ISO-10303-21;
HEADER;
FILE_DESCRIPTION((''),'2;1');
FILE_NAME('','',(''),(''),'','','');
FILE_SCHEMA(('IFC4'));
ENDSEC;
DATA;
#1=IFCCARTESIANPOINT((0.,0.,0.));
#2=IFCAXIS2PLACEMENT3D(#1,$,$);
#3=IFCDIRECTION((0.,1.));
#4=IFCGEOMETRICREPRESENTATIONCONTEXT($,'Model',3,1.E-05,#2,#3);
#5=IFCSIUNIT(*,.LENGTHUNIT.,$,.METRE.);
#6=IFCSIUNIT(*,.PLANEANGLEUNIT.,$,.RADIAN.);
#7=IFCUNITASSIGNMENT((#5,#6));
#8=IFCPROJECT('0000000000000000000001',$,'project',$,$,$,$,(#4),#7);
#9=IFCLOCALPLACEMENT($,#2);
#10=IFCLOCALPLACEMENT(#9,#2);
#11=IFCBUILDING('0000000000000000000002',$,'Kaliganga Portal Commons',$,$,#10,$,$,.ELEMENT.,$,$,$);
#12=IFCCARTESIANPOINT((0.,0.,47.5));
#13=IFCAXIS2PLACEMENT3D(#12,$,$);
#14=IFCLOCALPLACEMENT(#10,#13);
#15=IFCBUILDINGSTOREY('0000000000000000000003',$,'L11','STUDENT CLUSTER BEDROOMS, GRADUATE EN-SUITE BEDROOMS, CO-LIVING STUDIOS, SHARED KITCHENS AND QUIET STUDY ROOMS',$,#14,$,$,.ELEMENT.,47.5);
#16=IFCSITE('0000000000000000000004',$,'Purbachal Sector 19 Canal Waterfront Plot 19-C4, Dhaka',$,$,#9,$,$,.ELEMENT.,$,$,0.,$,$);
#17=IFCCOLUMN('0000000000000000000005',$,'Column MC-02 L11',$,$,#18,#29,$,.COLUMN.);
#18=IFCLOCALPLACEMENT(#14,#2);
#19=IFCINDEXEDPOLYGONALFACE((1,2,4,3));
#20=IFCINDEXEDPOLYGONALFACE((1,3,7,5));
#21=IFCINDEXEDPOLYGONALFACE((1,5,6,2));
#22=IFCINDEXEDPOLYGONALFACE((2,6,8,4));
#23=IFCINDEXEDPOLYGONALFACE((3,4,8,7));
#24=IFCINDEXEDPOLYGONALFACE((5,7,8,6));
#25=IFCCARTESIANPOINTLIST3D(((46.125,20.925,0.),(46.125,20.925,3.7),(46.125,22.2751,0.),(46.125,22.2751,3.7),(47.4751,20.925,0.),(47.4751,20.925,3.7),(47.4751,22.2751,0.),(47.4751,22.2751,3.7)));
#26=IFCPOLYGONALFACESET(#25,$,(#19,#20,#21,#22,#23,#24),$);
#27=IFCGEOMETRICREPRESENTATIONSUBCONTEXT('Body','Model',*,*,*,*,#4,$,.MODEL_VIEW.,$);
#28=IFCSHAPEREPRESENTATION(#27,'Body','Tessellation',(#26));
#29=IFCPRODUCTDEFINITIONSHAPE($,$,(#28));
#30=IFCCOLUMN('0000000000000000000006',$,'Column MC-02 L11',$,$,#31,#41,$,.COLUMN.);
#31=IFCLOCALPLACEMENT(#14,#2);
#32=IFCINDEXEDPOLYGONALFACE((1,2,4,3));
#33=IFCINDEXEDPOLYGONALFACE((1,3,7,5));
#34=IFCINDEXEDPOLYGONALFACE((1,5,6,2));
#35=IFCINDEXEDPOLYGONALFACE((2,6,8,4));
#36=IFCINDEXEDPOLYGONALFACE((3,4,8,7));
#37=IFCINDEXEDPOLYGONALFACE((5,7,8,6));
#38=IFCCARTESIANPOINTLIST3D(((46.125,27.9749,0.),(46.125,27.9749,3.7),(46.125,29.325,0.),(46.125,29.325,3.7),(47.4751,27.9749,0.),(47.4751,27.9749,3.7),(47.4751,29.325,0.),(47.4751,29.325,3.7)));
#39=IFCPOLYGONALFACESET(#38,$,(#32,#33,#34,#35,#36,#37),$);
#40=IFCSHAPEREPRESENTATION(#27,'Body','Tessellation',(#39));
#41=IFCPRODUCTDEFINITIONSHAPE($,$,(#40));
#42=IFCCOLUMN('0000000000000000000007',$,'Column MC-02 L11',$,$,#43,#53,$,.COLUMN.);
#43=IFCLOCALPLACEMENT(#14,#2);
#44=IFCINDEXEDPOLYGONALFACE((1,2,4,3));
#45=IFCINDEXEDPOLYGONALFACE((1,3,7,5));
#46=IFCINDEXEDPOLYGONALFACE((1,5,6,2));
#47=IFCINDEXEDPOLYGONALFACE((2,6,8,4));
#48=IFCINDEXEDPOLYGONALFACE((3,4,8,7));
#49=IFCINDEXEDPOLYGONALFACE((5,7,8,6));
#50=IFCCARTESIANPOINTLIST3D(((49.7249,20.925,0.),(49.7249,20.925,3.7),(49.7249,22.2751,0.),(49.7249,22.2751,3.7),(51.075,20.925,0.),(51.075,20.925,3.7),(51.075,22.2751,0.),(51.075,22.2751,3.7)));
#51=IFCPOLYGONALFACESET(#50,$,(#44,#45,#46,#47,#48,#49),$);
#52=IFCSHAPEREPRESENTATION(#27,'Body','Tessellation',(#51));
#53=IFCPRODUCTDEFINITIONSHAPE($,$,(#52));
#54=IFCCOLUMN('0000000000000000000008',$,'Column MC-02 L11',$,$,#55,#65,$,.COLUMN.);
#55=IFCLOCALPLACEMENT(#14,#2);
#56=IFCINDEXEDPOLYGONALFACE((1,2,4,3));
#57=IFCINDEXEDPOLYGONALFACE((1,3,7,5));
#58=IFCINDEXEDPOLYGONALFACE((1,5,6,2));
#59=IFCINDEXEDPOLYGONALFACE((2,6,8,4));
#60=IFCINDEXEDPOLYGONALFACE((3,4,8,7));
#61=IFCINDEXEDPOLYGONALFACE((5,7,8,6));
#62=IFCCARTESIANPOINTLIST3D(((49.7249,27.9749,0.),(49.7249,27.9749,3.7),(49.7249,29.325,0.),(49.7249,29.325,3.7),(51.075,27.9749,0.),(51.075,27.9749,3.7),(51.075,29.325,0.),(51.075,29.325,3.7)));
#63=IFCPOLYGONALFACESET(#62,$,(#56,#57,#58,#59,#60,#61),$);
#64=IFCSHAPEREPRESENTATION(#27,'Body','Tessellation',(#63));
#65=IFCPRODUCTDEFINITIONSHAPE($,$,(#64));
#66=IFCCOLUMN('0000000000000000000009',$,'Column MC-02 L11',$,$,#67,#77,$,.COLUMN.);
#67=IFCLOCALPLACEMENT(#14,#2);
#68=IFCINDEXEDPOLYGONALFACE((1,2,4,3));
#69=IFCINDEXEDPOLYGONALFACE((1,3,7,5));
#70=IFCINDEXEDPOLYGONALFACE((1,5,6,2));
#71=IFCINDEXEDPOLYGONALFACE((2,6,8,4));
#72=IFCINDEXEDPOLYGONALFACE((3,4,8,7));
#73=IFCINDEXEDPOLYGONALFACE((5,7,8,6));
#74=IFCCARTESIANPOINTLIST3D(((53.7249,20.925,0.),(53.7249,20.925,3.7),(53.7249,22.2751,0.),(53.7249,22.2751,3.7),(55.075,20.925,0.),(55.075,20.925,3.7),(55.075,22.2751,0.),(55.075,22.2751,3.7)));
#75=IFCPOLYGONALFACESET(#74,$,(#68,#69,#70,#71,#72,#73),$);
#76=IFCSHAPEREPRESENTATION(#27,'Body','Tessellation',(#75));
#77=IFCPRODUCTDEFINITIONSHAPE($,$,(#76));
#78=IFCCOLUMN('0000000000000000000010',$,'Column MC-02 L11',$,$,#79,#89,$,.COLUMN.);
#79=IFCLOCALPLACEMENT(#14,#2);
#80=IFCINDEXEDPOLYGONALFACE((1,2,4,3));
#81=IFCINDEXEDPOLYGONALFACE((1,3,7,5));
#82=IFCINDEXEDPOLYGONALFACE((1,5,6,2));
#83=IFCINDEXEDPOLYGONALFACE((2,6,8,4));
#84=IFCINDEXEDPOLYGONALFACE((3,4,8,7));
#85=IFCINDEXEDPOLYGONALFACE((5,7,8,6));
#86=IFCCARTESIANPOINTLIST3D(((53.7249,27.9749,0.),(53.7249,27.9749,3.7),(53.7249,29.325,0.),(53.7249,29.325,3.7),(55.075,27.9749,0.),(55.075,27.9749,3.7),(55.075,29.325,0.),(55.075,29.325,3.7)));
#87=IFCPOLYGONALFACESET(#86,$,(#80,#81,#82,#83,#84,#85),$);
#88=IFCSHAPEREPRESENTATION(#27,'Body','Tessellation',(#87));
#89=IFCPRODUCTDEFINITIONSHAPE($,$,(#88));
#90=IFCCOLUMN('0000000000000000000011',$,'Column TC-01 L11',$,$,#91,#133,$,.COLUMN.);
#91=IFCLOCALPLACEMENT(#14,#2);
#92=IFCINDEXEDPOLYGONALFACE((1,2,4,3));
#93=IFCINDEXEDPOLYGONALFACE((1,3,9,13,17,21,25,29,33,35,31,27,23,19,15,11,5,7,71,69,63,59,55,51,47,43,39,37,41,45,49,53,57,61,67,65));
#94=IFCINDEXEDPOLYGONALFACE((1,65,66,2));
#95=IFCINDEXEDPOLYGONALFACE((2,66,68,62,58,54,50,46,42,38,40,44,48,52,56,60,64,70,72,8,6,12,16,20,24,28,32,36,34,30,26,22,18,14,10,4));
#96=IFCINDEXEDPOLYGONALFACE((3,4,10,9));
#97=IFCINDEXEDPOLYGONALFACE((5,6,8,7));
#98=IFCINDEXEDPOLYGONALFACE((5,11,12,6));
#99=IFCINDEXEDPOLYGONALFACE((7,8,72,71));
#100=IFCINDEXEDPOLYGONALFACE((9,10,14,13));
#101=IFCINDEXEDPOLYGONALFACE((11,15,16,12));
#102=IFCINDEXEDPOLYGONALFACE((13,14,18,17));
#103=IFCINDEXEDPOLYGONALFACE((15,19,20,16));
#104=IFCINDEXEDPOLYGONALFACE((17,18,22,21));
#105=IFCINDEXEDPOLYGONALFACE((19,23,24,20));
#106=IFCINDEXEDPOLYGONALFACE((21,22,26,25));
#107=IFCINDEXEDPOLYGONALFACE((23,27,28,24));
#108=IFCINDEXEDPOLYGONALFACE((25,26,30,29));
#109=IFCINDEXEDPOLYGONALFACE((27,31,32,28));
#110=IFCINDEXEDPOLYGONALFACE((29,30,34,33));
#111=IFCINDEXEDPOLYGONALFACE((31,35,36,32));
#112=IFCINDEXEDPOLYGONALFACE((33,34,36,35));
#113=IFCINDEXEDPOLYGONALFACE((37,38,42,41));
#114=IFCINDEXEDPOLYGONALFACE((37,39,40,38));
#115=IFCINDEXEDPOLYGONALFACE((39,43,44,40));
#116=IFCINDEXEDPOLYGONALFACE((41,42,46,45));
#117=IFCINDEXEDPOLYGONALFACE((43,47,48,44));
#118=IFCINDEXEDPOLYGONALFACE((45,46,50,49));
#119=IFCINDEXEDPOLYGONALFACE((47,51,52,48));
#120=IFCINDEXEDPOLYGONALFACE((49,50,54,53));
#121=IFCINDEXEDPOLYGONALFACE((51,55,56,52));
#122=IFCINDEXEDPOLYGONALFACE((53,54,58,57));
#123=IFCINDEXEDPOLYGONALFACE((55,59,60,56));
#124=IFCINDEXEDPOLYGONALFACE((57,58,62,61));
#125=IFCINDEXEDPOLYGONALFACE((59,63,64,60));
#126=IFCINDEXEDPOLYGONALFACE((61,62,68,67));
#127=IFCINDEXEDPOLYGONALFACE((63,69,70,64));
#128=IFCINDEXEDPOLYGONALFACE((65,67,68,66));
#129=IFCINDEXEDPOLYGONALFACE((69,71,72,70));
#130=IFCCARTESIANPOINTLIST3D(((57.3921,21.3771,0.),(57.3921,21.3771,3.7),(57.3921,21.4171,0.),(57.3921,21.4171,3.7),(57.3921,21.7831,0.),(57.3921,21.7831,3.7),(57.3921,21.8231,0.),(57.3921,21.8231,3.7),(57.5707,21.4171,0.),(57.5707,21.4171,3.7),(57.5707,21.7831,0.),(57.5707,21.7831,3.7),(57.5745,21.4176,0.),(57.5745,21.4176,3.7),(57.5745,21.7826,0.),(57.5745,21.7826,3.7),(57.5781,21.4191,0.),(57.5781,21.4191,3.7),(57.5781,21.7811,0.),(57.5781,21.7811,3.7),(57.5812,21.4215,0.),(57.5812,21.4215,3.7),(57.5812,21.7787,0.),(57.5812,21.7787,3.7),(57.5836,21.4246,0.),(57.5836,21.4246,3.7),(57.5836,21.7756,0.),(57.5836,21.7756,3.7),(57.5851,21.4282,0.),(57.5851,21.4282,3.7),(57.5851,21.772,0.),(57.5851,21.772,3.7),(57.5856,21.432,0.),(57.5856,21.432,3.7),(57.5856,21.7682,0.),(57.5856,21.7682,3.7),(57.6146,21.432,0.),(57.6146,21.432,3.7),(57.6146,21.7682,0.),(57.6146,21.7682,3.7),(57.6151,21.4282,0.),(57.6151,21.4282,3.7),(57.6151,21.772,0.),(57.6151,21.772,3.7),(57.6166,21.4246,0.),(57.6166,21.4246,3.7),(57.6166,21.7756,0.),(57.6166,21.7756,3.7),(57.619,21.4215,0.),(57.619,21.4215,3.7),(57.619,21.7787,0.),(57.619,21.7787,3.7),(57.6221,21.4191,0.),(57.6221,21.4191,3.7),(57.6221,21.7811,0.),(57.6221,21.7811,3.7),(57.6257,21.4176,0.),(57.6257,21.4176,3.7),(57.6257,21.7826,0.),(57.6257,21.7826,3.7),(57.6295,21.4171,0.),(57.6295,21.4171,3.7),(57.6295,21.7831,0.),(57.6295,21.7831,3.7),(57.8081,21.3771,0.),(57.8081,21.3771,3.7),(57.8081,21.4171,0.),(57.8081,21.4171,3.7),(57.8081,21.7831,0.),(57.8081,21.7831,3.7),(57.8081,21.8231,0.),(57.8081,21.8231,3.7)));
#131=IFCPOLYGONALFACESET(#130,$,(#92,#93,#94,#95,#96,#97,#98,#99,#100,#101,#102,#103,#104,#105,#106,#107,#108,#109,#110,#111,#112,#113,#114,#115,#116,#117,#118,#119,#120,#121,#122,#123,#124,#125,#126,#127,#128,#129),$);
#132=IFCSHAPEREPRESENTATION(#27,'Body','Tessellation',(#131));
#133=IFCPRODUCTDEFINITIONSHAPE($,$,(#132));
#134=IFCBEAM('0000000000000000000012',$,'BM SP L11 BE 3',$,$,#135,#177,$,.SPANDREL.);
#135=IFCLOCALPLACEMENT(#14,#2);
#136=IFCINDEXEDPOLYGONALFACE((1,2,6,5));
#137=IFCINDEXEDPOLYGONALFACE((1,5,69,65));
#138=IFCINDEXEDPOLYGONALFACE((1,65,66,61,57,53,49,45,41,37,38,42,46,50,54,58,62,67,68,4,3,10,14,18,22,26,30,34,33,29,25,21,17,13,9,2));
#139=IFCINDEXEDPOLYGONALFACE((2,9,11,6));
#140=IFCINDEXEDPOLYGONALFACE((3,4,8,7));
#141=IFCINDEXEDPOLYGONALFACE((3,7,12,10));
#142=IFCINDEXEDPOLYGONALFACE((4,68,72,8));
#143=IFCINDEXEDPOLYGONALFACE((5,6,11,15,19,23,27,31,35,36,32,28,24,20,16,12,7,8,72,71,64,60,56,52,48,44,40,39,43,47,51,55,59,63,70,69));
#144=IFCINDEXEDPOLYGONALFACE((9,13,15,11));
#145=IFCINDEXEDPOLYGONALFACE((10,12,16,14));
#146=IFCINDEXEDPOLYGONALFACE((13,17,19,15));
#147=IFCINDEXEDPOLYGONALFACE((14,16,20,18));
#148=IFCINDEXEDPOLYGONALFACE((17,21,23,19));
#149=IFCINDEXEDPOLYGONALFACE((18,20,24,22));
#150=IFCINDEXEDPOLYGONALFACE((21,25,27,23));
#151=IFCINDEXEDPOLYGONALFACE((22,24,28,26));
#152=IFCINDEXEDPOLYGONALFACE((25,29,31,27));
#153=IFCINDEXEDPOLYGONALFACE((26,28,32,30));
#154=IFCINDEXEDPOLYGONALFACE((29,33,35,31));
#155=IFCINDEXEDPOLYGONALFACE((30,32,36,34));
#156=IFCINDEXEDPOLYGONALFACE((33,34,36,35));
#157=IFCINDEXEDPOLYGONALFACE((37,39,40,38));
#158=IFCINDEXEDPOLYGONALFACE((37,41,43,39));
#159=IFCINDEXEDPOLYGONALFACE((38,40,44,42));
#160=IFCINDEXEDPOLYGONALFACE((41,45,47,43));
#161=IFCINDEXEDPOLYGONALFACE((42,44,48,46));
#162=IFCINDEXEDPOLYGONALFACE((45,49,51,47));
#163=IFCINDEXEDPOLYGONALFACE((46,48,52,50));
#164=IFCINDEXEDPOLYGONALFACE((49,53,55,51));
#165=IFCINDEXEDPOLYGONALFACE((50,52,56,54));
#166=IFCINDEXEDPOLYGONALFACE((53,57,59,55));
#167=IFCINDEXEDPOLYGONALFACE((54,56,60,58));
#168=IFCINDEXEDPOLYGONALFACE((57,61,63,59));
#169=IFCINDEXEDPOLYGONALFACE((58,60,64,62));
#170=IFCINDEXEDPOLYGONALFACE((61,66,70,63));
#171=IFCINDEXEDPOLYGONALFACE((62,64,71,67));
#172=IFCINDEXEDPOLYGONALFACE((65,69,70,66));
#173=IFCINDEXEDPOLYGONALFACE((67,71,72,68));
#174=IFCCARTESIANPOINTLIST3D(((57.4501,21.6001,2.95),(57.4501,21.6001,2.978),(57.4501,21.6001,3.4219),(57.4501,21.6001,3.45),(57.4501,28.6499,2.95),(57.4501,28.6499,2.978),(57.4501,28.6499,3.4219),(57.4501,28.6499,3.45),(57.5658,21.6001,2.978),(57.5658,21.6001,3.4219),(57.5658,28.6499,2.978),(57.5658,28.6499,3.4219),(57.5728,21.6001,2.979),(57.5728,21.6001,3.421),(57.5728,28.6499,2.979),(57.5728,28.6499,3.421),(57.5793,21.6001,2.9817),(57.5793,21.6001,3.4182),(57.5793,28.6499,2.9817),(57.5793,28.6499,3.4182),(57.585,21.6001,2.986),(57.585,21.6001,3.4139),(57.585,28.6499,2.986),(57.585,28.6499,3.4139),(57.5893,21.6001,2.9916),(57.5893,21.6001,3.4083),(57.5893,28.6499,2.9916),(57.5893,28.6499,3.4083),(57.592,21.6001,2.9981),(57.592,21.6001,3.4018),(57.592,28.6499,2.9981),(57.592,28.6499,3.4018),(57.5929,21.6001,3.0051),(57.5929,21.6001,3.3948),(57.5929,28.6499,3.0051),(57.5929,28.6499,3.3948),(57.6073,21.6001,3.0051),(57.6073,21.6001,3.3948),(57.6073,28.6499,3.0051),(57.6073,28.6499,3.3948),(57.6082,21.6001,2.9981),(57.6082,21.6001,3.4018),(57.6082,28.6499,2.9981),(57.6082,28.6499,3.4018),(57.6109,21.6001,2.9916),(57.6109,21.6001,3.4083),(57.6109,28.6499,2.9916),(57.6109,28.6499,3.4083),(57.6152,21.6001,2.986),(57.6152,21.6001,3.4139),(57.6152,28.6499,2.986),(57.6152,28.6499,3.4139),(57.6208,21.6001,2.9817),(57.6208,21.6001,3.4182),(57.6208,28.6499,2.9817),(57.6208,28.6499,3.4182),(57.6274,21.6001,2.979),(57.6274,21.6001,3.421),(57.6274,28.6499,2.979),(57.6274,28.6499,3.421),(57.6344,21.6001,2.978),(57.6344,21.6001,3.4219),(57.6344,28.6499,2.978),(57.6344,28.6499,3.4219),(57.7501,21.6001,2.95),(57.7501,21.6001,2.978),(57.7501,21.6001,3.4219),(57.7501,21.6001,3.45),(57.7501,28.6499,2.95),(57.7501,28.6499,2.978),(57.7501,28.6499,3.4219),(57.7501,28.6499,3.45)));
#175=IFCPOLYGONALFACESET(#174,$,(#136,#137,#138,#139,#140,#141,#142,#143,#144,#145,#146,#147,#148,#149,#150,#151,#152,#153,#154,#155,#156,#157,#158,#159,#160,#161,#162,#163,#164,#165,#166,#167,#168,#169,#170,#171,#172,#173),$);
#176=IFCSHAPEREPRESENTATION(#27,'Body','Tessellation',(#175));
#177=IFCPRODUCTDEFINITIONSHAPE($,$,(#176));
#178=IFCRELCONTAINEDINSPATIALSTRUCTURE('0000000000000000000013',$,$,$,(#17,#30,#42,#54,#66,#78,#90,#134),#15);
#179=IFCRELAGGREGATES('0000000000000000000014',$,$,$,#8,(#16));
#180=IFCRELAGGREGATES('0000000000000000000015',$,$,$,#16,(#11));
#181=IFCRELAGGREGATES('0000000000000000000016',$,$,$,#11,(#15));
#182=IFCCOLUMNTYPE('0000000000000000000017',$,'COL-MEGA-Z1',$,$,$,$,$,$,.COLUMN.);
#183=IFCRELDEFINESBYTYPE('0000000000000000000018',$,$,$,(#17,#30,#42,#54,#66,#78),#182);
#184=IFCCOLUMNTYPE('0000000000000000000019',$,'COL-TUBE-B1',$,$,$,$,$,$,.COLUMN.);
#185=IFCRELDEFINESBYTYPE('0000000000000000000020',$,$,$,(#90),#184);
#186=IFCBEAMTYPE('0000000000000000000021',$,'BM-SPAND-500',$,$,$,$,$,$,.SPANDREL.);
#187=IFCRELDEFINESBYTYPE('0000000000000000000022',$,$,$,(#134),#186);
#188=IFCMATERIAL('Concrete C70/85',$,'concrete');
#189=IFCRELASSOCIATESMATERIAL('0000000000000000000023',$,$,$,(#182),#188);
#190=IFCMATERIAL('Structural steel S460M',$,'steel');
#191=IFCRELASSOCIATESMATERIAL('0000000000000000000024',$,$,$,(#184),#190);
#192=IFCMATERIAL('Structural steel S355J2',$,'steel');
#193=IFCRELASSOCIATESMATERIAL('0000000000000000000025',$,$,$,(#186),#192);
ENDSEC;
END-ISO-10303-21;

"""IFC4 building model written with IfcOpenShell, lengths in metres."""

from ifc_helpers import new_model, si_unit, direction, frame, origin, origin_2d, place, context, subcontext, project, spatial, rectangle, i_section, extrude, source, transform, mapped, material, material_profile, profile_set, type_object, element, save


model = new_model("IFC4")

# Units and contexts
model_context = context("Model", 3, precision=1e-05, world=origin(), true_north=direction((0.0, 1.0)))
body_context = subcontext(model_context, "Body", "Model", "MODEL_VIEW")
ifc_project = project(units=[si_unit("LENGTHUNIT", "METRE"), si_unit("PLANEANGLEUNIT", "RADIAN")], contexts=[model_context])

# Site, building, storey
site_placement = place(None, origin())
site = spatial("IfcSite", under=ifc_project, at=site_placement, Name="Purbachal Sector 19 Canal Waterfront Plot 19-C4, Dhaka", CompositionType="ELEMENT", RefElevation=0.0)
building_placement = place(site_placement, origin())
building = spatial("IfcBuilding", under=site, at=building_placement, Name="Kaliganga Portal Commons", CompositionType="ELEMENT")
storey_placement = place(building_placement, frame((0.0, 0.0, 47.5)))
storey = spatial("IfcBuildingStorey", under=building, at=storey_placement, Name="L11", Description="STUDENT CLUSTER BEDROOMS, GRADUATE EN-SUITE BEDROOMS, CO-LIVING STUDIOS, SHARED KITCHENS AND QUIET STUDY ROOMS", CompositionType="ELEMENT", Elevation=47.5)

# Columns
ifc_material_1 = material(Name="Concrete C70/85", Category="concrete")
ifc_material_profile_1 = material_profile(ifc_material_1, rectangle(XDim=1.3501, YDim=1.3501, at=origin_2d()), Name="RC 1350x1350")
ifc_profile_set_1 = profile_set([ifc_material_profile_1], Name="Concrete C70/85")
column_type_1 = type_object("IfcColumnType", Name="COL-MEGA-Z1", PredefinedType="COLUMN", material=ifc_profile_set_1)
shared_shape_1 = source(origin(), body_context, "Body", "SweptSolid", [
    extrude(rectangle(XDim=1.3501, YDim=1.3501, at=origin_2d()), origin(), (0.0, 0.0, 1.0), 3.7),
])
for number, where, z_axis, x_axis, name in (
    (1, (46.8, 21.6001, 0.0), (0.0, 0.0, 1.0), (1.0, 0.0, 0.0), "Column MC-02 L11"),
    (2, (46.8, 28.6499, 0.0), (0.0, 0.0, 1.0), (1.0, 0.0, 0.0), "Column MC-02 L11"),
    (3, (50.3999, 21.6001, 0.0), (0.0, 0.0, 1.0), (1.0, 0.0, 0.0), "Column MC-02 L11"),
    (4, (50.3999, 28.6499, 0.0), (0.0, 0.0, 1.0), (1.0, 0.0, 0.0), "Column MC-02 L11"),
    (5, (54.3999, 21.6001, 0.0), (0.0, 0.0, 1.0), (1.0, 0.0, 0.0), "Column MC-02 L11"),
    (6, (54.3999, 28.6499, 0.0), (0.0, 0.0, 1.0), (1.0, 0.0, 0.0), "Column MC-02 L11"),
):
    element("IfcColumn", number, at=place(storey_placement, frame(where, z_axis=z_axis, x_axis=x_axis)), inside=storey, type_object=column_type_1, Name=name, PredefinedType="COLUMN", context=body_context, shape_type="MappedRepresentation", body=[
        mapped(shared_shape_1, transform((0.0, 0.0, 0.0), x_axis=(1.0, 0.0, 0.0), y_axis=(0.0, 1.0, 0.0), z_axis=(0.0, 0.0, 1.0), scale=1.0)),
    ])
ifc_material_2 = material(Name="Structural steel S460M", Category="steel")
ifc_material_profile_2 = material_profile(ifc_material_2, i_section(OverallWidth=0.416, OverallDepth=0.446, WebThickness=0.0291, FlangeThickness=0.04, FilletRadius=0.0149, at=origin_2d()), Name="HD 400x509")
ifc_profile_set_2 = profile_set([ifc_material_profile_2], Name="Structural steel S460M wide-flange")
column_type_2 = type_object("IfcColumnType", Name="COL-TUBE-B1", PredefinedType="COLUMN", material=ifc_profile_set_2)
shared_shape_2 = source(origin(), body_context, "Body", "SweptSolid", [
    extrude(i_section(OverallWidth=0.416, OverallDepth=0.446, WebThickness=0.0291, FlangeThickness=0.04, FilletRadius=0.0149, at=origin_2d()), origin(), (0.0, 0.0, 1.0), 3.7),
])
column_placement = place(storey_placement, frame((57.6001, 21.6001, 0.0), z_axis=(0.0, 0.0, 1.0), x_axis=(1.0, 0.0, 0.0)))
element("IfcColumn", 7, at=column_placement, inside=storey, type_object=column_type_2, Name="Column TC-01 L11", PredefinedType="COLUMN", context=body_context, shape_type="MappedRepresentation", body=[
    mapped(shared_shape_2, transform((0.0, 0.0, 0.0), x_axis=(1.0, 0.0, 0.0), y_axis=(0.0, 1.0, 0.0), z_axis=(0.0, 0.0, 1.0), scale=1.0)),
])

# Beam
ifc_material_3 = material(Name="Structural steel S355J2", Category="steel")
ifc_material_profile_3 = material_profile(ifc_material_3, i_section(OverallWidth=0.3, OverallDepth=0.5, WebThickness=0.0144, FlangeThickness=0.0281, FilletRadius=0.0271, at=origin_2d()), Name="HE 500 B")
ifc_profile_set_3 = profile_set([ifc_material_profile_3], Name="Structural steel S355J2 wide-flange")
beam_type_1 = type_object("IfcBeamType", Name="BM-SPAND-500", PredefinedType="SPANDREL", material=ifc_profile_set_3)
shared_shape_3 = source(origin(), body_context, "Body", "SweptSolid", [
    extrude(i_section(OverallWidth=0.3, OverallDepth=0.5, WebThickness=0.0144, FlangeThickness=0.0281, FilletRadius=0.0271, at=origin_2d()), origin(), (0.0, 0.0, 1.0), 7.0498),
])
beam_1_placement = place(storey_placement, frame((57.6001, 21.6001, 3.2), z_axis=(0.0, 1.0, 0.0), x_axis=(-1.0, 0.0, 0.0)))
element("IfcBeam", 8, at=beam_1_placement, inside=storey, type_object=beam_type_1, Name="BM SP L11 BE 3", PredefinedType="SPANDREL", context=body_context, shape_type="MappedRepresentation", body=[
    mapped(shared_shape_3, transform((0.0, 0.0, 0.0), x_axis=(1.0, 0.0, 0.0), y_axis=(0.0, 1.0, 0.0), z_axis=(0.0, 0.0, 1.0), scale=1.0)),
])

save(model, "model.ifc")
